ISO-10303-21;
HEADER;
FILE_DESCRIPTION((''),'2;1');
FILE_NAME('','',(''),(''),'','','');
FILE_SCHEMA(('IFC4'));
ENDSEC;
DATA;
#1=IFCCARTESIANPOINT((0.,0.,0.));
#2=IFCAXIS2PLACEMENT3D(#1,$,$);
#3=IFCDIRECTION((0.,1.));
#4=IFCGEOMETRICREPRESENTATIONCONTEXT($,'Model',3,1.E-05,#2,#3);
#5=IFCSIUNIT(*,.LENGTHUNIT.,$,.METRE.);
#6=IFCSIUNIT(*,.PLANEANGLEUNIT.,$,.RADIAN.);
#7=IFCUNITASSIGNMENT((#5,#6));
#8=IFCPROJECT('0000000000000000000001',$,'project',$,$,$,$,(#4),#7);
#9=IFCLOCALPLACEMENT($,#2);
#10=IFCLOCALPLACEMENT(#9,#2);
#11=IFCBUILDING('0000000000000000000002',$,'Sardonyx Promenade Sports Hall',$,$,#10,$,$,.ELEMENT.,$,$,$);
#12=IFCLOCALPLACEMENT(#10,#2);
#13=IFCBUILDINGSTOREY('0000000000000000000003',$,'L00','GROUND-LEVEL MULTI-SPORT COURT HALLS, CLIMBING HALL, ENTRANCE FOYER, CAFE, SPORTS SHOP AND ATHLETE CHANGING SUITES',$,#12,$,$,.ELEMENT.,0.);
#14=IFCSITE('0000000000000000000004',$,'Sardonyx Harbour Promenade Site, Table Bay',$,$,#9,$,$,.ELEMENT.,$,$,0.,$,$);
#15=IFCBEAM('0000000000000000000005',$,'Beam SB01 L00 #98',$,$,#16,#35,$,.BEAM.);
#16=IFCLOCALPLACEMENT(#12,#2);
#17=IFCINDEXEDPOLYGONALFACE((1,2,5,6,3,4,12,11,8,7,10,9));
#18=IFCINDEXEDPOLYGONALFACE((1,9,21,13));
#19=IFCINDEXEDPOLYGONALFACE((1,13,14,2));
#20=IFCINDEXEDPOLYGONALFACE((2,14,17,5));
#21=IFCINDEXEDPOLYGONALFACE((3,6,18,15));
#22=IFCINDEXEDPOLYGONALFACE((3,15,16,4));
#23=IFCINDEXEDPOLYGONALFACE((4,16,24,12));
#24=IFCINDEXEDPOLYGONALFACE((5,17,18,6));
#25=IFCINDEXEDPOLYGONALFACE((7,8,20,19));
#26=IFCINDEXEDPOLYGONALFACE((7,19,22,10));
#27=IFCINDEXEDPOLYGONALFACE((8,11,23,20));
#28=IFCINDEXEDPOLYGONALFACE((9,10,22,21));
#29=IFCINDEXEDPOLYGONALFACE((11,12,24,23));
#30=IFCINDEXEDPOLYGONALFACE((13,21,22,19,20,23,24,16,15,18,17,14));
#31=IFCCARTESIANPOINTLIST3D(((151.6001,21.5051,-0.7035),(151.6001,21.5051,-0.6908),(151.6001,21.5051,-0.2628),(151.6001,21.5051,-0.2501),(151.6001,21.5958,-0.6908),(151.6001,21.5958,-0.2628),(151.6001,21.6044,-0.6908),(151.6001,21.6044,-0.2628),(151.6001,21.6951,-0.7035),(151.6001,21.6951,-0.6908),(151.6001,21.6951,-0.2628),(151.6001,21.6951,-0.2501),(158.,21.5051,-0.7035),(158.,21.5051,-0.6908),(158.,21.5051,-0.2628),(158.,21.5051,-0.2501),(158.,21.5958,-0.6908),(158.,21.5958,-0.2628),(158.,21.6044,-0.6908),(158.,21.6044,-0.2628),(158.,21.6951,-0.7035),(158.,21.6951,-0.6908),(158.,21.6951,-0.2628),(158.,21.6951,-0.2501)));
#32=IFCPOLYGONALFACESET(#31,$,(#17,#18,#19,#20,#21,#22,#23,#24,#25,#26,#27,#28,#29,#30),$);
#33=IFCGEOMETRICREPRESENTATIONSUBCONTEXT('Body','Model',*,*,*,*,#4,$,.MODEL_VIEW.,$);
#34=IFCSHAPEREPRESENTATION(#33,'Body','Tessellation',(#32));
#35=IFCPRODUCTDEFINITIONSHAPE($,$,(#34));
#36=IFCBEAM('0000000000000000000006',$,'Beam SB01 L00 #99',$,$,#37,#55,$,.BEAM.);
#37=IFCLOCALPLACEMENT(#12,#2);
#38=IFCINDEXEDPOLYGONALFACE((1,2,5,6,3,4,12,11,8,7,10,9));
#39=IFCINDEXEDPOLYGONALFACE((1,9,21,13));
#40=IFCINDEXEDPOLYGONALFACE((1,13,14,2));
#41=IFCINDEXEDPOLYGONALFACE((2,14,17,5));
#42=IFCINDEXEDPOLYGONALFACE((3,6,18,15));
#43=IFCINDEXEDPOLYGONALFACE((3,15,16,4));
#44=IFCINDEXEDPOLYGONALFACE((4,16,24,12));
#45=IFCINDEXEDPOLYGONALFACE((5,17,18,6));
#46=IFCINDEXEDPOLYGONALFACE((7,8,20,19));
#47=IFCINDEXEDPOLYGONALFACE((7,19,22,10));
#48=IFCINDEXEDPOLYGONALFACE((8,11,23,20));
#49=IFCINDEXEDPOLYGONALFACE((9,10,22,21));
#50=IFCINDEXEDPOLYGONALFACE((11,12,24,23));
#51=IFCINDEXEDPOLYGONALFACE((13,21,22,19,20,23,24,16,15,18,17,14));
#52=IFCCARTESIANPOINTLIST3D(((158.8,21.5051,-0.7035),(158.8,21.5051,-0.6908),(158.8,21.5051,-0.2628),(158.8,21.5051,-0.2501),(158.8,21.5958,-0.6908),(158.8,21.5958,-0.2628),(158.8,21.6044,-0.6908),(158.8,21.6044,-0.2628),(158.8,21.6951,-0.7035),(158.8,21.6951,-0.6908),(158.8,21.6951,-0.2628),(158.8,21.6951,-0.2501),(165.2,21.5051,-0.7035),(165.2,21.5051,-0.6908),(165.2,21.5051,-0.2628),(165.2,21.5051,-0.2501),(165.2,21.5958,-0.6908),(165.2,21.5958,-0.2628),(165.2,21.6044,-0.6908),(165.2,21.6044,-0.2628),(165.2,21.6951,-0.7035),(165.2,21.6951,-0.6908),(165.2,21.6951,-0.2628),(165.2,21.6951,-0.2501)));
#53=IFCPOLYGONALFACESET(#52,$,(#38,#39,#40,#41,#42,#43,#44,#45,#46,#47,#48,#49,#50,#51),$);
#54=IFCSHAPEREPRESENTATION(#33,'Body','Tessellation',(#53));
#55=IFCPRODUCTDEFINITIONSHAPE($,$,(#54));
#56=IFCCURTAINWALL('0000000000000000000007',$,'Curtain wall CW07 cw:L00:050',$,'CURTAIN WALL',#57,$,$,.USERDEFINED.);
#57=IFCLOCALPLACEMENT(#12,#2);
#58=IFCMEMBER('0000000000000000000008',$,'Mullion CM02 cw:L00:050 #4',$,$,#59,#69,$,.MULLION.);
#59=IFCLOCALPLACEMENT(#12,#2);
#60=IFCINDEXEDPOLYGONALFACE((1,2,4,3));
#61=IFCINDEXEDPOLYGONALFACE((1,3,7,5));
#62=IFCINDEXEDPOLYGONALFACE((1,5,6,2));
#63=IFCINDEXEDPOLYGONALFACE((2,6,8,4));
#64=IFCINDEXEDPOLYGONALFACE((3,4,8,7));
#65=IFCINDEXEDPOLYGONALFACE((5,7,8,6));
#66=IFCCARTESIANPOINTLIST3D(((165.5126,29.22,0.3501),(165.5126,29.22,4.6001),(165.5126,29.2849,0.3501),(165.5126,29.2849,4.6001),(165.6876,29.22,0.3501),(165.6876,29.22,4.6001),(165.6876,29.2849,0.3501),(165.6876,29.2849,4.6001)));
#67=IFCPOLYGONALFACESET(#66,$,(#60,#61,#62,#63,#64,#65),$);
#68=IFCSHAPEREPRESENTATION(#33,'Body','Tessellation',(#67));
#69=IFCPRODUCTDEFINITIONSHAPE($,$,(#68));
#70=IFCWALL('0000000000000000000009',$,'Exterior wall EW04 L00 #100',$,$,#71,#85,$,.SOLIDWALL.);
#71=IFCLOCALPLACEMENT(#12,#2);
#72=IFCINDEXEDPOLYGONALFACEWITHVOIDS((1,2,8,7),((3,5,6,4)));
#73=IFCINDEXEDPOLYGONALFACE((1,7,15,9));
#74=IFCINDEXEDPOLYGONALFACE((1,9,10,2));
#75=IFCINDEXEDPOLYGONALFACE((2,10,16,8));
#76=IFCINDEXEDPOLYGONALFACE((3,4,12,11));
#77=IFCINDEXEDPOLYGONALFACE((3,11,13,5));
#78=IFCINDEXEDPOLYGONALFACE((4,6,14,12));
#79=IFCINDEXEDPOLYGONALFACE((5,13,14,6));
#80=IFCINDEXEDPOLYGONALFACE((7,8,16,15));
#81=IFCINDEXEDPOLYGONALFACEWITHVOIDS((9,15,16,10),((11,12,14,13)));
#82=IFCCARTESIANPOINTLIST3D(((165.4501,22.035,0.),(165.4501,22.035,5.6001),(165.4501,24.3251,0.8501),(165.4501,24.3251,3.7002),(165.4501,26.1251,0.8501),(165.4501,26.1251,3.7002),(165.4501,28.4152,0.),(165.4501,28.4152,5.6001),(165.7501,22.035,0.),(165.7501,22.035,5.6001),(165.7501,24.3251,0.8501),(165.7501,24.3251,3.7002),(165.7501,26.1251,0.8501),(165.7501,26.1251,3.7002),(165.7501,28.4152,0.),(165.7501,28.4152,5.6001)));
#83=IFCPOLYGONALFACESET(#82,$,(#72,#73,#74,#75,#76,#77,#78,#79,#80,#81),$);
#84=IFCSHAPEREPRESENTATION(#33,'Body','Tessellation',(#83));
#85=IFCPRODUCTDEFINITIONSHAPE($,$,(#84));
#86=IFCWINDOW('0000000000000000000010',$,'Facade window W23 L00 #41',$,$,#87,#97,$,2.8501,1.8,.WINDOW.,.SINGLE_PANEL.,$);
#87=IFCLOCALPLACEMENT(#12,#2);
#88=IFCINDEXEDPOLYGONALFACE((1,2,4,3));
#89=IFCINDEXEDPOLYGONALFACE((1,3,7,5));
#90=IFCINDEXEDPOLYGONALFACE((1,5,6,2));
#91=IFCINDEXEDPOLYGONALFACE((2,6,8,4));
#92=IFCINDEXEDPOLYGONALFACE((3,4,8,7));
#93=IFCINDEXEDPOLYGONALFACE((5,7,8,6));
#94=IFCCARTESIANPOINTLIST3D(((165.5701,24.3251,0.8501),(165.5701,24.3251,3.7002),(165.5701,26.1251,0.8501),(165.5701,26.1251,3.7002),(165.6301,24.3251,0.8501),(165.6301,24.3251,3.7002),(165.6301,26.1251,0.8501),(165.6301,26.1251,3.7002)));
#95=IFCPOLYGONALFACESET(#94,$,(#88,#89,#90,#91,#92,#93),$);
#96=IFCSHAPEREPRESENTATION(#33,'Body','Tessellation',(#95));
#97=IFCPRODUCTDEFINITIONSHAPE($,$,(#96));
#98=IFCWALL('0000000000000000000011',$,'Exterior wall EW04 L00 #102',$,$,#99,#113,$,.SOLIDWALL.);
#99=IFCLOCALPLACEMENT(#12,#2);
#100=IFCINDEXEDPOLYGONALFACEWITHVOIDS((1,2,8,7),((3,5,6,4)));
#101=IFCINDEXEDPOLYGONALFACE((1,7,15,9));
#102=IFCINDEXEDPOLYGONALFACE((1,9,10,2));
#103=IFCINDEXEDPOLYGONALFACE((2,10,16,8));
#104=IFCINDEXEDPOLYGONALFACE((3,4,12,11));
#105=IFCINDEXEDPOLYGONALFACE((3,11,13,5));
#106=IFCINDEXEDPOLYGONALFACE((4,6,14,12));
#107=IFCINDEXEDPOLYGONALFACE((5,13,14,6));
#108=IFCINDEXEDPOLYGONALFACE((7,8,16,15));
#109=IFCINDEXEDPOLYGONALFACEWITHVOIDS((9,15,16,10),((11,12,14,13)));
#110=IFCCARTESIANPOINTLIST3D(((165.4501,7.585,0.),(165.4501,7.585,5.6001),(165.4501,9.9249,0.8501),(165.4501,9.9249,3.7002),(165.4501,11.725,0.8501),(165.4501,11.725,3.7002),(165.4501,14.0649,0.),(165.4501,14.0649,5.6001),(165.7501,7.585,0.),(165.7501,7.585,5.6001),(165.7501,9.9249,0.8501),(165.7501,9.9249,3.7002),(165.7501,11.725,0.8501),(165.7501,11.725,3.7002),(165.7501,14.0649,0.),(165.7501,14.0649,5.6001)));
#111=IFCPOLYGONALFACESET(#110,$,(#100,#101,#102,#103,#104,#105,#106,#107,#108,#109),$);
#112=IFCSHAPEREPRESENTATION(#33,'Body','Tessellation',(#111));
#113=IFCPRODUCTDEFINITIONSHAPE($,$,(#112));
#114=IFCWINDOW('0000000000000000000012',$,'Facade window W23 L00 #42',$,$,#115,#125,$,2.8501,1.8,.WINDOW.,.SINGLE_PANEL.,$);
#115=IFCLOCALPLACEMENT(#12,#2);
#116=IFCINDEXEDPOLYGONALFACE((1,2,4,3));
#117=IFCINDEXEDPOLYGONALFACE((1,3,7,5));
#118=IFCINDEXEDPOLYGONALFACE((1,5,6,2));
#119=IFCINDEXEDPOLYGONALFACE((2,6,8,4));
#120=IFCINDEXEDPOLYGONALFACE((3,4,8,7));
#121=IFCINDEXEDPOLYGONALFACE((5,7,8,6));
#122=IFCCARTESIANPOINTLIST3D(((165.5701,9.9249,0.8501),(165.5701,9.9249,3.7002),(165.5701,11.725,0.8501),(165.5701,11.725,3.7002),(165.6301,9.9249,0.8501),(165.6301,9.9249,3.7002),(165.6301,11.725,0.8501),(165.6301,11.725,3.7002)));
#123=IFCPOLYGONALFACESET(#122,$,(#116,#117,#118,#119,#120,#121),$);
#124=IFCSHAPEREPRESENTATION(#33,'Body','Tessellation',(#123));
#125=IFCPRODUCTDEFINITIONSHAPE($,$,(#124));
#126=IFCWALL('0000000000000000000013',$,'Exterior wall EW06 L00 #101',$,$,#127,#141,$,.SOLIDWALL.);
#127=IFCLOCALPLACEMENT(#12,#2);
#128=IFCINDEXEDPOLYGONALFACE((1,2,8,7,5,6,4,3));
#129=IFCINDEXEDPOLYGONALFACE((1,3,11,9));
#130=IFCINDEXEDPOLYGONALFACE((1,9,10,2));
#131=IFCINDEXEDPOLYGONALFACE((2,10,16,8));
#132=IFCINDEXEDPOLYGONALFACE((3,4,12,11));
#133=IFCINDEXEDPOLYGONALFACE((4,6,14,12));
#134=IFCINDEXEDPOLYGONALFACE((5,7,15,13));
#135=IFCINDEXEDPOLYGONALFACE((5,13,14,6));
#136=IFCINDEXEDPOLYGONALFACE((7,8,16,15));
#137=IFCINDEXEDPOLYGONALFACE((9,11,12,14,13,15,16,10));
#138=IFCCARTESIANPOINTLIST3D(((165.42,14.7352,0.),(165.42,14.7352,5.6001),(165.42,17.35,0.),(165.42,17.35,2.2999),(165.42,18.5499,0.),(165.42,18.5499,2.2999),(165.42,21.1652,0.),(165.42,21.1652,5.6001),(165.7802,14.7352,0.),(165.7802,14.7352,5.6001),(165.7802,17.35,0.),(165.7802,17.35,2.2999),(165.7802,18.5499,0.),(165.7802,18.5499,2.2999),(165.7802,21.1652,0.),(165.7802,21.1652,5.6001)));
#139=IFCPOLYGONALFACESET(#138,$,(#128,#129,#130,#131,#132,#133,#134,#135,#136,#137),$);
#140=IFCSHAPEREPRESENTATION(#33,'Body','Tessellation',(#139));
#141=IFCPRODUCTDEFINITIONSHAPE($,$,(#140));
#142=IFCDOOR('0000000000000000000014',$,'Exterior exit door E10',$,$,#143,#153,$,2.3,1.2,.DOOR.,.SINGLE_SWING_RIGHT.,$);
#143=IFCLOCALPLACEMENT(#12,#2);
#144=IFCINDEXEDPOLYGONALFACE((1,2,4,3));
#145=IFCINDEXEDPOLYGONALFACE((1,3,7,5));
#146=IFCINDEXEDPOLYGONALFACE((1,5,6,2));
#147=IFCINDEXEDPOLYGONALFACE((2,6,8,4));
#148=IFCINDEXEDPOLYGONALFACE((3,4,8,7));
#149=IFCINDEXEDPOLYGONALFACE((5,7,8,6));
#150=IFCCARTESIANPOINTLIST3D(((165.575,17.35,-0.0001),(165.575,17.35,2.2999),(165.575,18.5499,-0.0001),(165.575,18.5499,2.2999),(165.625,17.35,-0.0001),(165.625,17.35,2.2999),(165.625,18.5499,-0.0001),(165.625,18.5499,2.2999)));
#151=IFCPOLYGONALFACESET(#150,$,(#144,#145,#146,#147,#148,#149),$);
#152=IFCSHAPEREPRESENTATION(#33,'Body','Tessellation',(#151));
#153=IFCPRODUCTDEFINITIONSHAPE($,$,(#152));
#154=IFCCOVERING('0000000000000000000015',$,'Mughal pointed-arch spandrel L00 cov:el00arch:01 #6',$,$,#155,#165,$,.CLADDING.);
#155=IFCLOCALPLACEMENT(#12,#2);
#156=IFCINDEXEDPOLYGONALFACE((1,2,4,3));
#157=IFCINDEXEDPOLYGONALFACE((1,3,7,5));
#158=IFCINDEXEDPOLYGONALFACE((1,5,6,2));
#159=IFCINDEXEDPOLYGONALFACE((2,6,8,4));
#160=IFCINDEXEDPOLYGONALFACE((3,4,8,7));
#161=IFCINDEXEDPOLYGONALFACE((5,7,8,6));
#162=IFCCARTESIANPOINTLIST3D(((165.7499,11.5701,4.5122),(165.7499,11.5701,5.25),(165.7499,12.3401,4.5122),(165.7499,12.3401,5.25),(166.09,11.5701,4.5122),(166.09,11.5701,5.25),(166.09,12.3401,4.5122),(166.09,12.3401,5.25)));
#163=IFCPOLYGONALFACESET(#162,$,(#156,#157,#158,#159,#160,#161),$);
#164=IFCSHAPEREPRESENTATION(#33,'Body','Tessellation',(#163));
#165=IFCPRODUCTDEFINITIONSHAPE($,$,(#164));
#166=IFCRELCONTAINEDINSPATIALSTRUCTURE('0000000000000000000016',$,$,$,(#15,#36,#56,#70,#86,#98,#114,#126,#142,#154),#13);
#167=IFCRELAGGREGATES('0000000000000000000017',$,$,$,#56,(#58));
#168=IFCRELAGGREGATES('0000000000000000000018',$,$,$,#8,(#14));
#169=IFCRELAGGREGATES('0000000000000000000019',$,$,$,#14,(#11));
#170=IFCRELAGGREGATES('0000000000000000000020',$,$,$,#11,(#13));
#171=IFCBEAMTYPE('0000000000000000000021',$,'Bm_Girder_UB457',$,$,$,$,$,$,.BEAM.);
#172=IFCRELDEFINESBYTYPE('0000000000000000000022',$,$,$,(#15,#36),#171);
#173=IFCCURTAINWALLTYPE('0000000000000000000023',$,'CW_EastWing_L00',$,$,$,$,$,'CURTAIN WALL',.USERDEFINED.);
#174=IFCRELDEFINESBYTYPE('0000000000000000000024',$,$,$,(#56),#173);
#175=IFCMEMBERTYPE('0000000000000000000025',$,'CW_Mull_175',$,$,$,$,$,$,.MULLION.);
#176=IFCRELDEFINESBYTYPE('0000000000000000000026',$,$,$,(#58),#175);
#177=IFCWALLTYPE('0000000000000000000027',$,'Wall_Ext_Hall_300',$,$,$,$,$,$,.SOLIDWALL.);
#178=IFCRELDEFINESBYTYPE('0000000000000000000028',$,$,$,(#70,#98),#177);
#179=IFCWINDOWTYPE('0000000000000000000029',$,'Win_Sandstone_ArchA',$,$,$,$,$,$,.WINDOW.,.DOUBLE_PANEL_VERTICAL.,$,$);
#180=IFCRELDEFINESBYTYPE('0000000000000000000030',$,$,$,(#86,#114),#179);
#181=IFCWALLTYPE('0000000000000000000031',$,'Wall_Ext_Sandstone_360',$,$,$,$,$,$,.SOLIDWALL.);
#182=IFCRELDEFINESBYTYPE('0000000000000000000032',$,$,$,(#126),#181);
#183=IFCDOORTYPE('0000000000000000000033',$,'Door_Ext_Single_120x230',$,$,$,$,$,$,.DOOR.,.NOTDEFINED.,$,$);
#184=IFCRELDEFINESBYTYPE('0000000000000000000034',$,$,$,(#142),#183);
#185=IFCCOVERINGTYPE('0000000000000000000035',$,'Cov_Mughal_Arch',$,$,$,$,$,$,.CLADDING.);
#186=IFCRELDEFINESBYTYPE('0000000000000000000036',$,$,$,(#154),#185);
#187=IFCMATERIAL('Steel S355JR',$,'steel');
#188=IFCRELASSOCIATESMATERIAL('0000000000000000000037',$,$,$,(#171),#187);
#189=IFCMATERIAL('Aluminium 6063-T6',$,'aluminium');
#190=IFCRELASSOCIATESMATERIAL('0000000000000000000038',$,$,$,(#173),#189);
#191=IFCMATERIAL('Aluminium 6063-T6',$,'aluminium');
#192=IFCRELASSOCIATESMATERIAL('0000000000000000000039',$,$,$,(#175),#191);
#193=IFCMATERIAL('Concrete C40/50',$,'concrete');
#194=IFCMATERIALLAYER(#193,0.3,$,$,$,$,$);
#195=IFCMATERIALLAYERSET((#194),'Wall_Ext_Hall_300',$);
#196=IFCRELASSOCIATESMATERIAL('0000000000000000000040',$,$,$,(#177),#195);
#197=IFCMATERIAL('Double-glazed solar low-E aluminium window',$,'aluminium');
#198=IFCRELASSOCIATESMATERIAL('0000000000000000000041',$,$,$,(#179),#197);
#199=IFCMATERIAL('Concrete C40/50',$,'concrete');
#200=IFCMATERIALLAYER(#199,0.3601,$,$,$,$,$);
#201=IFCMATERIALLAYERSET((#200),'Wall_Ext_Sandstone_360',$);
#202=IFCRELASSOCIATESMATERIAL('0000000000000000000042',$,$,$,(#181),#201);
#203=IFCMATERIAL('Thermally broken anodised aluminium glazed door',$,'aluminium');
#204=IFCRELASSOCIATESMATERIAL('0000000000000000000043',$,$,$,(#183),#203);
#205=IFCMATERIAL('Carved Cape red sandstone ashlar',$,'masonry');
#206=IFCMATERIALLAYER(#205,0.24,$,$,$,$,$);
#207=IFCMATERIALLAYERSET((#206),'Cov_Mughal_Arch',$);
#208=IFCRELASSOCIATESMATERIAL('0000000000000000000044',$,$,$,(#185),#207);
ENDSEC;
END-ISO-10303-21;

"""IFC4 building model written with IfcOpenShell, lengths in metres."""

from ifc_helpers import new_model, si_unit, direction, frame, frame_2d, origin, origin_2d, place, context, subcontext, project, spatial, rectangle, i_section, extrude, material, layer, layer_set, material_profile, profile_set, type_object, element, fill, aggregate, save


model = new_model("IFC4")

# Units and contexts
model_context = context("Model", 3, precision=1e-05, world=origin(), true_north=direction((0.0, 1.0)))
body_context = subcontext(model_context, "Body", "Model", "MODEL_VIEW")
ifc_project = project(units=[si_unit("LENGTHUNIT", "METRE"), si_unit("PLANEANGLEUNIT", "RADIAN")], contexts=[model_context])

# Site, building, storey
site_placement = place(None, origin())
site = spatial("IfcSite", under=ifc_project, at=site_placement, Name="Sardonyx Harbour Promenade Site, Table Bay", CompositionType="ELEMENT", RefElevation=0.0)
building_placement = place(site_placement, origin())
building = spatial("IfcBuilding", under=site, at=building_placement, Name="Sardonyx Promenade Sports Hall", CompositionType="ELEMENT")
storey_placement = place(building_placement, origin())
storey = spatial("IfcBuildingStorey", under=building, at=storey_placement, Name="L00", Description="GROUND-LEVEL MULTI-SPORT COURT HALLS, CLIMBING HALL, ENTRANCE FOYER, CAFE, SPORTS SHOP AND ATHLETE CHANGING SUITES", CompositionType="ELEMENT", Elevation=0.0)

# Beams
ifc_material_1 = material(Name="Steel S355JR", Category="steel")
ifc_material_profile_1 = material_profile(ifc_material_1, i_section(OverallWidth=0.1899, OverallDepth=0.4534, WebThickness=0.0085, FlangeThickness=0.0127, at=origin_2d()))
ifc_profile_set_1 = profile_set([ifc_material_profile_1], Name="Steel S355JR")
beam_type = type_object("IfcBeamType", Name="Bm_Girder_UB457", PredefinedType="BEAM", material=ifc_profile_set_1)
for number, where, z_axis, x_axis, name in (
    (1, (151.6001, 21.6001, -0.4768), (1.0, 0.0, 0.0), (0.0, 1.0, 0.0), "Beam SB01 L00 #98"),
    (2, (158.8, 21.6001, -0.4768), (1.0, 0.0, 0.0), (0.0, 1.0, 0.0), "Beam SB01 L00 #99"),
):
    element("IfcBeam", number, at=place(storey_placement, frame(where, z_axis=z_axis, x_axis=x_axis)), inside=storey, type_object=beam_type, Name=name, PredefinedType="BEAM", context=body_context, shape_type="SweptSolid", body=[
        extrude(i_section(OverallWidth=0.1899, OverallDepth=0.4534, WebThickness=0.0085, FlangeThickness=0.0127, at=origin_2d()), origin(), (0.0, 0.0, 1.0), 6.3999),
    ])

# Curtain wall, member
ifc_material_2 = material(Name="Aluminium 6063-T6", Category="aluminium")
curtain_wall_type = type_object("IfcCurtainWallType", Name="CW_EastWing_L00", ElementType="CURTAIN WALL", PredefinedType="USERDEFINED", material=ifc_material_2)
curtain_wall_placement = place(storey_placement, origin())
curtain_wall = element("IfcCurtainWall", 3, at=curtain_wall_placement, inside=storey, type_object=curtain_wall_type, Name="Curtain wall CW07 cw:L00:050", ObjectType="CURTAIN WALL", PredefinedType="USERDEFINED")
ifc_material_3 = material(Name="Aluminium 6063-T6", Category="aluminium")
ifc_material_profile_2 = material_profile(ifc_material_3, rectangle(XDim=0.0649, YDim=0.175, at=origin_2d()))
ifc_profile_set_2 = profile_set([ifc_material_profile_2], Name="Aluminium 6063-T6")
member_type = type_object("IfcMemberType", Name="CW_Mull_175", PredefinedType="MULLION", material=ifc_profile_set_2)
member_placement = place(storey_placement, frame((165.6001, 29.2524, 0.3501), z_axis=(0.0, 0.0, 1.0), x_axis=(0.0, -1.0, 0.0)))
member = element("IfcMember", 4, at=member_placement, type_object=member_type, Name="Mullion CM02 cw:L00:050 #4", PredefinedType="MULLION", context=body_context, shape_type="SweptSolid", body=[
    extrude(rectangle(XDim=0.0649, YDim=0.175, at=origin_2d()), origin(), (0.0, 0.0, 1.0), 4.25),
])
aggregate(curtain_wall, [member])

# Walls, openings, windows
ifc_material_4 = material(Name="Concrete C40/50", Category="concrete")
ifc_layer_1 = layer(ifc_material_4, 0.3)
ifc_layer_set_1 = layer_set([ifc_layer_1], Name="Wall_Ext_Hall_300")
wall_type_1 = type_object("IfcWallType", Name="Wall_Ext_Hall_300", PredefinedType="SOLIDWALL", material=ifc_layer_set_1)
wall_1_placement = place(storey_placement, frame((165.6001, 28.415, 0.0), z_axis=(0.0, 0.0, 1.0), x_axis=(0.0, -1.0, 0.0)))
wall_1 = element("IfcWall", 5, at=wall_1_placement, inside=storey, type_object=wall_type_1, Name="Exterior wall EW04 L00 #100", PredefinedType="SOLIDWALL", context=body_context, shape_type="SweptSolid", body=[
    extrude(rectangle(XDim=6.3801, YDim=0.3, at=frame_2d((3.1899, 0.0))), origin(), (0.0, 0.0, 1.0), 5.6001),
])
opening_1_placement = place(wall_1_placement, frame((2.29, 0.0, 0.8501)))
opening_1 = element("IfcOpeningElement", 6, at=opening_1_placement, cuts=wall_1, PredefinedType="OPENING", context=body_context, shape_type="SweptSolid", body=[
    extrude(rectangle(XDim=1.8, YDim=2.8501, at=frame_2d((0.8999, 1.425))), frame((0.0, 0.16, 0.0), z_axis=(0.0, -1.0, 0.0), x_axis=(1.0, 0.0, 0.0)), (0.0, 0.0, 1.0), 0.32),
])
ifc_material_5 = material(Name="Double-glazed solar low-E aluminium window", Category="aluminium")
window_type = type_object("IfcWindowType", Name="Win_Sandstone_ArchA", PartitioningType="DOUBLE_PANEL_VERTICAL", PredefinedType="WINDOW", material=ifc_material_5)
window_1_placement = place(opening_1_placement, origin())
window_1 = element("IfcWindow", 7, at=window_1_placement, inside=storey, type_object=window_type, Name="Facade window W23 L00 #41", OverallHeight=2.8501, OverallWidth=1.8, PartitioningType="SINGLE_PANEL", PredefinedType="WINDOW", context=body_context, shape_type="SweptSolid", body=[
    extrude(rectangle(XDim=1.8, YDim=2.8501, at=frame_2d((0.8999, 1.425))), frame((0.0, 0.03, 0.0), z_axis=(0.0, -1.0, 0.0), x_axis=(1.0, 0.0, 0.0)), (0.0, 0.0, 1.0), 0.0601),
])
fill(opening_1, window_1)
wall_2_placement = place(storey_placement, frame((165.6001, 14.0649, 0.0), z_axis=(0.0, 0.0, 1.0), x_axis=(0.0, -1.0, 0.0)))
wall_2 = element("IfcWall", 8, at=wall_2_placement, inside=storey, type_object=wall_type_1, Name="Exterior wall EW04 L00 #102", PredefinedType="SOLIDWALL", context=body_context, shape_type="SweptSolid", body=[
    extrude(rectangle(XDim=6.48, YDim=0.3, at=frame_2d((3.24, 0.0))), origin(), (0.0, 0.0, 1.0), 5.6001),
])
opening_2_placement = place(wall_2_placement, frame((2.3401, 0.0, 0.8501)))
opening_2 = element("IfcOpeningElement", 9, at=opening_2_placement, cuts=wall_2, PredefinedType="OPENING", context=body_context, shape_type="SweptSolid", body=[
    extrude(rectangle(XDim=1.8, YDim=2.8501, at=frame_2d((0.8999, 1.425))), frame((0.0, 0.16, 0.0), z_axis=(0.0, -1.0, 0.0), x_axis=(1.0, 0.0, 0.0)), (0.0, 0.0, 1.0), 0.32),
])
window_2_placement = place(opening_2_placement, origin())
window_2 = element("IfcWindow", 10, at=window_2_placement, inside=storey, type_object=window_type, Name="Facade window W23 L00 #42", OverallHeight=2.8501, OverallWidth=1.8, PartitioningType="SINGLE_PANEL", PredefinedType="WINDOW", context=body_context, shape_type="SweptSolid", body=[
    extrude(rectangle(XDim=1.8, YDim=2.8501, at=frame_2d((0.8999, 1.425))), frame((0.0, 0.03, 0.0), z_axis=(0.0, -1.0, 0.0), x_axis=(1.0, 0.0, 0.0)), (0.0, 0.0, 1.0), 0.0601),
])
fill(opening_2, window_2)

# Wall, opening, door
ifc_material_6 = material(Name="Concrete C40/50", Category="concrete")
ifc_layer_2 = layer(ifc_material_6, 0.3601)
ifc_layer_set_2 = layer_set([ifc_layer_2], Name="Wall_Ext_Sandstone_360")
wall_type_2 = type_object("IfcWallType", Name="Wall_Ext_Sandstone_360", PredefinedType="SOLIDWALL", material=ifc_layer_set_2)
wall_3_placement = place(storey_placement, frame((165.6001, 21.165, 0.0), z_axis=(0.0, 0.0, 1.0), x_axis=(0.0, -1.0, 0.0)))
wall_3 = element("IfcWall", 11, at=wall_3_placement, inside=storey, type_object=wall_type_2, Name="Exterior wall EW06 L00 #101", PredefinedType="SOLIDWALL", context=body_context, shape_type="SweptSolid", body=[
    extrude(rectangle(XDim=6.4299, YDim=0.3601, at=frame_2d((3.2148, 0.0))), origin(), (0.0, 0.0, 1.0), 5.6001),
])
opening_3_placement = place(wall_3_placement, frame((2.615, 0.0, 0.0)))
opening_3 = element("IfcOpeningElement", 12, at=opening_3_placement, cuts=wall_3, PredefinedType="OPENING", context=body_context, shape_type="SweptSolid", body=[
    extrude(rectangle(XDim=1.2, YDim=2.3, at=frame_2d((0.6001, 1.1499))), frame((0.0, 0.19, 0.0), z_axis=(0.0, -1.0, 0.0), x_axis=(1.0, 0.0, 0.0)), (0.0, 0.0, 1.0), 0.38),
])
ifc_material_7 = material(Name="Thermally broken anodised aluminium glazed door", Category="aluminium")
door_type = type_object("IfcDoorType", Name="Door_Ext_Single_120x230", OperationType="NOTDEFINED", PredefinedType="DOOR", material=ifc_material_7)
door_placement = place(opening_3_placement, origin())
door = element("IfcDoor", 13, at=door_placement, inside=storey, type_object=door_type, Name="Exterior exit door E10", OperationType="SINGLE_SWING_RIGHT", OverallHeight=2.3, OverallWidth=1.2, PredefinedType="DOOR", context=body_context, shape_type="SweptSolid", body=[
    extrude(rectangle(XDim=1.2, YDim=2.3, at=frame_2d((0.6001, 1.1499))), frame((0.0, 0.0249, 0.0), z_axis=(0.0, -1.0, 0.0), x_axis=(1.0, 0.0, 0.0)), (0.0, 0.0, 1.0), 0.05),
])
fill(opening_3, door)

# Covering
ifc_material_8 = material(Name="Carved Cape red sandstone ashlar", Category="masonry")
ifc_layer_3 = layer(ifc_material_8, 0.24)
ifc_layer_set_3 = layer_set([ifc_layer_3], Name="Cov_Mughal_Arch")
covering_type = type_object("IfcCoveringType", Name="Cov_Mughal_Arch", PredefinedType="CLADDING", material=ifc_layer_set_3)
covering_1_placement = place(storey_placement, frame((165.9199, 11.5701, 4.5122), z_axis=(0.0, 0.0, 1.0), x_axis=(0.0, 1.0, 0.0)))
element("IfcCovering", 14, at=covering_1_placement, inside=storey, type_object=covering_type, Name="Mughal pointed-arch spandrel L00 cov:el00arch:01 #6", PredefinedType="CLADDING", context=body_context, shape_type="SweptSolid", body=[
    extrude(rectangle(XDim=0.77, YDim=0.3401, at=frame_2d((0.385, 0.0))), origin(), (0.0, 0.0, 1.0), 0.7378),
])

save(model, "model.ifc")
